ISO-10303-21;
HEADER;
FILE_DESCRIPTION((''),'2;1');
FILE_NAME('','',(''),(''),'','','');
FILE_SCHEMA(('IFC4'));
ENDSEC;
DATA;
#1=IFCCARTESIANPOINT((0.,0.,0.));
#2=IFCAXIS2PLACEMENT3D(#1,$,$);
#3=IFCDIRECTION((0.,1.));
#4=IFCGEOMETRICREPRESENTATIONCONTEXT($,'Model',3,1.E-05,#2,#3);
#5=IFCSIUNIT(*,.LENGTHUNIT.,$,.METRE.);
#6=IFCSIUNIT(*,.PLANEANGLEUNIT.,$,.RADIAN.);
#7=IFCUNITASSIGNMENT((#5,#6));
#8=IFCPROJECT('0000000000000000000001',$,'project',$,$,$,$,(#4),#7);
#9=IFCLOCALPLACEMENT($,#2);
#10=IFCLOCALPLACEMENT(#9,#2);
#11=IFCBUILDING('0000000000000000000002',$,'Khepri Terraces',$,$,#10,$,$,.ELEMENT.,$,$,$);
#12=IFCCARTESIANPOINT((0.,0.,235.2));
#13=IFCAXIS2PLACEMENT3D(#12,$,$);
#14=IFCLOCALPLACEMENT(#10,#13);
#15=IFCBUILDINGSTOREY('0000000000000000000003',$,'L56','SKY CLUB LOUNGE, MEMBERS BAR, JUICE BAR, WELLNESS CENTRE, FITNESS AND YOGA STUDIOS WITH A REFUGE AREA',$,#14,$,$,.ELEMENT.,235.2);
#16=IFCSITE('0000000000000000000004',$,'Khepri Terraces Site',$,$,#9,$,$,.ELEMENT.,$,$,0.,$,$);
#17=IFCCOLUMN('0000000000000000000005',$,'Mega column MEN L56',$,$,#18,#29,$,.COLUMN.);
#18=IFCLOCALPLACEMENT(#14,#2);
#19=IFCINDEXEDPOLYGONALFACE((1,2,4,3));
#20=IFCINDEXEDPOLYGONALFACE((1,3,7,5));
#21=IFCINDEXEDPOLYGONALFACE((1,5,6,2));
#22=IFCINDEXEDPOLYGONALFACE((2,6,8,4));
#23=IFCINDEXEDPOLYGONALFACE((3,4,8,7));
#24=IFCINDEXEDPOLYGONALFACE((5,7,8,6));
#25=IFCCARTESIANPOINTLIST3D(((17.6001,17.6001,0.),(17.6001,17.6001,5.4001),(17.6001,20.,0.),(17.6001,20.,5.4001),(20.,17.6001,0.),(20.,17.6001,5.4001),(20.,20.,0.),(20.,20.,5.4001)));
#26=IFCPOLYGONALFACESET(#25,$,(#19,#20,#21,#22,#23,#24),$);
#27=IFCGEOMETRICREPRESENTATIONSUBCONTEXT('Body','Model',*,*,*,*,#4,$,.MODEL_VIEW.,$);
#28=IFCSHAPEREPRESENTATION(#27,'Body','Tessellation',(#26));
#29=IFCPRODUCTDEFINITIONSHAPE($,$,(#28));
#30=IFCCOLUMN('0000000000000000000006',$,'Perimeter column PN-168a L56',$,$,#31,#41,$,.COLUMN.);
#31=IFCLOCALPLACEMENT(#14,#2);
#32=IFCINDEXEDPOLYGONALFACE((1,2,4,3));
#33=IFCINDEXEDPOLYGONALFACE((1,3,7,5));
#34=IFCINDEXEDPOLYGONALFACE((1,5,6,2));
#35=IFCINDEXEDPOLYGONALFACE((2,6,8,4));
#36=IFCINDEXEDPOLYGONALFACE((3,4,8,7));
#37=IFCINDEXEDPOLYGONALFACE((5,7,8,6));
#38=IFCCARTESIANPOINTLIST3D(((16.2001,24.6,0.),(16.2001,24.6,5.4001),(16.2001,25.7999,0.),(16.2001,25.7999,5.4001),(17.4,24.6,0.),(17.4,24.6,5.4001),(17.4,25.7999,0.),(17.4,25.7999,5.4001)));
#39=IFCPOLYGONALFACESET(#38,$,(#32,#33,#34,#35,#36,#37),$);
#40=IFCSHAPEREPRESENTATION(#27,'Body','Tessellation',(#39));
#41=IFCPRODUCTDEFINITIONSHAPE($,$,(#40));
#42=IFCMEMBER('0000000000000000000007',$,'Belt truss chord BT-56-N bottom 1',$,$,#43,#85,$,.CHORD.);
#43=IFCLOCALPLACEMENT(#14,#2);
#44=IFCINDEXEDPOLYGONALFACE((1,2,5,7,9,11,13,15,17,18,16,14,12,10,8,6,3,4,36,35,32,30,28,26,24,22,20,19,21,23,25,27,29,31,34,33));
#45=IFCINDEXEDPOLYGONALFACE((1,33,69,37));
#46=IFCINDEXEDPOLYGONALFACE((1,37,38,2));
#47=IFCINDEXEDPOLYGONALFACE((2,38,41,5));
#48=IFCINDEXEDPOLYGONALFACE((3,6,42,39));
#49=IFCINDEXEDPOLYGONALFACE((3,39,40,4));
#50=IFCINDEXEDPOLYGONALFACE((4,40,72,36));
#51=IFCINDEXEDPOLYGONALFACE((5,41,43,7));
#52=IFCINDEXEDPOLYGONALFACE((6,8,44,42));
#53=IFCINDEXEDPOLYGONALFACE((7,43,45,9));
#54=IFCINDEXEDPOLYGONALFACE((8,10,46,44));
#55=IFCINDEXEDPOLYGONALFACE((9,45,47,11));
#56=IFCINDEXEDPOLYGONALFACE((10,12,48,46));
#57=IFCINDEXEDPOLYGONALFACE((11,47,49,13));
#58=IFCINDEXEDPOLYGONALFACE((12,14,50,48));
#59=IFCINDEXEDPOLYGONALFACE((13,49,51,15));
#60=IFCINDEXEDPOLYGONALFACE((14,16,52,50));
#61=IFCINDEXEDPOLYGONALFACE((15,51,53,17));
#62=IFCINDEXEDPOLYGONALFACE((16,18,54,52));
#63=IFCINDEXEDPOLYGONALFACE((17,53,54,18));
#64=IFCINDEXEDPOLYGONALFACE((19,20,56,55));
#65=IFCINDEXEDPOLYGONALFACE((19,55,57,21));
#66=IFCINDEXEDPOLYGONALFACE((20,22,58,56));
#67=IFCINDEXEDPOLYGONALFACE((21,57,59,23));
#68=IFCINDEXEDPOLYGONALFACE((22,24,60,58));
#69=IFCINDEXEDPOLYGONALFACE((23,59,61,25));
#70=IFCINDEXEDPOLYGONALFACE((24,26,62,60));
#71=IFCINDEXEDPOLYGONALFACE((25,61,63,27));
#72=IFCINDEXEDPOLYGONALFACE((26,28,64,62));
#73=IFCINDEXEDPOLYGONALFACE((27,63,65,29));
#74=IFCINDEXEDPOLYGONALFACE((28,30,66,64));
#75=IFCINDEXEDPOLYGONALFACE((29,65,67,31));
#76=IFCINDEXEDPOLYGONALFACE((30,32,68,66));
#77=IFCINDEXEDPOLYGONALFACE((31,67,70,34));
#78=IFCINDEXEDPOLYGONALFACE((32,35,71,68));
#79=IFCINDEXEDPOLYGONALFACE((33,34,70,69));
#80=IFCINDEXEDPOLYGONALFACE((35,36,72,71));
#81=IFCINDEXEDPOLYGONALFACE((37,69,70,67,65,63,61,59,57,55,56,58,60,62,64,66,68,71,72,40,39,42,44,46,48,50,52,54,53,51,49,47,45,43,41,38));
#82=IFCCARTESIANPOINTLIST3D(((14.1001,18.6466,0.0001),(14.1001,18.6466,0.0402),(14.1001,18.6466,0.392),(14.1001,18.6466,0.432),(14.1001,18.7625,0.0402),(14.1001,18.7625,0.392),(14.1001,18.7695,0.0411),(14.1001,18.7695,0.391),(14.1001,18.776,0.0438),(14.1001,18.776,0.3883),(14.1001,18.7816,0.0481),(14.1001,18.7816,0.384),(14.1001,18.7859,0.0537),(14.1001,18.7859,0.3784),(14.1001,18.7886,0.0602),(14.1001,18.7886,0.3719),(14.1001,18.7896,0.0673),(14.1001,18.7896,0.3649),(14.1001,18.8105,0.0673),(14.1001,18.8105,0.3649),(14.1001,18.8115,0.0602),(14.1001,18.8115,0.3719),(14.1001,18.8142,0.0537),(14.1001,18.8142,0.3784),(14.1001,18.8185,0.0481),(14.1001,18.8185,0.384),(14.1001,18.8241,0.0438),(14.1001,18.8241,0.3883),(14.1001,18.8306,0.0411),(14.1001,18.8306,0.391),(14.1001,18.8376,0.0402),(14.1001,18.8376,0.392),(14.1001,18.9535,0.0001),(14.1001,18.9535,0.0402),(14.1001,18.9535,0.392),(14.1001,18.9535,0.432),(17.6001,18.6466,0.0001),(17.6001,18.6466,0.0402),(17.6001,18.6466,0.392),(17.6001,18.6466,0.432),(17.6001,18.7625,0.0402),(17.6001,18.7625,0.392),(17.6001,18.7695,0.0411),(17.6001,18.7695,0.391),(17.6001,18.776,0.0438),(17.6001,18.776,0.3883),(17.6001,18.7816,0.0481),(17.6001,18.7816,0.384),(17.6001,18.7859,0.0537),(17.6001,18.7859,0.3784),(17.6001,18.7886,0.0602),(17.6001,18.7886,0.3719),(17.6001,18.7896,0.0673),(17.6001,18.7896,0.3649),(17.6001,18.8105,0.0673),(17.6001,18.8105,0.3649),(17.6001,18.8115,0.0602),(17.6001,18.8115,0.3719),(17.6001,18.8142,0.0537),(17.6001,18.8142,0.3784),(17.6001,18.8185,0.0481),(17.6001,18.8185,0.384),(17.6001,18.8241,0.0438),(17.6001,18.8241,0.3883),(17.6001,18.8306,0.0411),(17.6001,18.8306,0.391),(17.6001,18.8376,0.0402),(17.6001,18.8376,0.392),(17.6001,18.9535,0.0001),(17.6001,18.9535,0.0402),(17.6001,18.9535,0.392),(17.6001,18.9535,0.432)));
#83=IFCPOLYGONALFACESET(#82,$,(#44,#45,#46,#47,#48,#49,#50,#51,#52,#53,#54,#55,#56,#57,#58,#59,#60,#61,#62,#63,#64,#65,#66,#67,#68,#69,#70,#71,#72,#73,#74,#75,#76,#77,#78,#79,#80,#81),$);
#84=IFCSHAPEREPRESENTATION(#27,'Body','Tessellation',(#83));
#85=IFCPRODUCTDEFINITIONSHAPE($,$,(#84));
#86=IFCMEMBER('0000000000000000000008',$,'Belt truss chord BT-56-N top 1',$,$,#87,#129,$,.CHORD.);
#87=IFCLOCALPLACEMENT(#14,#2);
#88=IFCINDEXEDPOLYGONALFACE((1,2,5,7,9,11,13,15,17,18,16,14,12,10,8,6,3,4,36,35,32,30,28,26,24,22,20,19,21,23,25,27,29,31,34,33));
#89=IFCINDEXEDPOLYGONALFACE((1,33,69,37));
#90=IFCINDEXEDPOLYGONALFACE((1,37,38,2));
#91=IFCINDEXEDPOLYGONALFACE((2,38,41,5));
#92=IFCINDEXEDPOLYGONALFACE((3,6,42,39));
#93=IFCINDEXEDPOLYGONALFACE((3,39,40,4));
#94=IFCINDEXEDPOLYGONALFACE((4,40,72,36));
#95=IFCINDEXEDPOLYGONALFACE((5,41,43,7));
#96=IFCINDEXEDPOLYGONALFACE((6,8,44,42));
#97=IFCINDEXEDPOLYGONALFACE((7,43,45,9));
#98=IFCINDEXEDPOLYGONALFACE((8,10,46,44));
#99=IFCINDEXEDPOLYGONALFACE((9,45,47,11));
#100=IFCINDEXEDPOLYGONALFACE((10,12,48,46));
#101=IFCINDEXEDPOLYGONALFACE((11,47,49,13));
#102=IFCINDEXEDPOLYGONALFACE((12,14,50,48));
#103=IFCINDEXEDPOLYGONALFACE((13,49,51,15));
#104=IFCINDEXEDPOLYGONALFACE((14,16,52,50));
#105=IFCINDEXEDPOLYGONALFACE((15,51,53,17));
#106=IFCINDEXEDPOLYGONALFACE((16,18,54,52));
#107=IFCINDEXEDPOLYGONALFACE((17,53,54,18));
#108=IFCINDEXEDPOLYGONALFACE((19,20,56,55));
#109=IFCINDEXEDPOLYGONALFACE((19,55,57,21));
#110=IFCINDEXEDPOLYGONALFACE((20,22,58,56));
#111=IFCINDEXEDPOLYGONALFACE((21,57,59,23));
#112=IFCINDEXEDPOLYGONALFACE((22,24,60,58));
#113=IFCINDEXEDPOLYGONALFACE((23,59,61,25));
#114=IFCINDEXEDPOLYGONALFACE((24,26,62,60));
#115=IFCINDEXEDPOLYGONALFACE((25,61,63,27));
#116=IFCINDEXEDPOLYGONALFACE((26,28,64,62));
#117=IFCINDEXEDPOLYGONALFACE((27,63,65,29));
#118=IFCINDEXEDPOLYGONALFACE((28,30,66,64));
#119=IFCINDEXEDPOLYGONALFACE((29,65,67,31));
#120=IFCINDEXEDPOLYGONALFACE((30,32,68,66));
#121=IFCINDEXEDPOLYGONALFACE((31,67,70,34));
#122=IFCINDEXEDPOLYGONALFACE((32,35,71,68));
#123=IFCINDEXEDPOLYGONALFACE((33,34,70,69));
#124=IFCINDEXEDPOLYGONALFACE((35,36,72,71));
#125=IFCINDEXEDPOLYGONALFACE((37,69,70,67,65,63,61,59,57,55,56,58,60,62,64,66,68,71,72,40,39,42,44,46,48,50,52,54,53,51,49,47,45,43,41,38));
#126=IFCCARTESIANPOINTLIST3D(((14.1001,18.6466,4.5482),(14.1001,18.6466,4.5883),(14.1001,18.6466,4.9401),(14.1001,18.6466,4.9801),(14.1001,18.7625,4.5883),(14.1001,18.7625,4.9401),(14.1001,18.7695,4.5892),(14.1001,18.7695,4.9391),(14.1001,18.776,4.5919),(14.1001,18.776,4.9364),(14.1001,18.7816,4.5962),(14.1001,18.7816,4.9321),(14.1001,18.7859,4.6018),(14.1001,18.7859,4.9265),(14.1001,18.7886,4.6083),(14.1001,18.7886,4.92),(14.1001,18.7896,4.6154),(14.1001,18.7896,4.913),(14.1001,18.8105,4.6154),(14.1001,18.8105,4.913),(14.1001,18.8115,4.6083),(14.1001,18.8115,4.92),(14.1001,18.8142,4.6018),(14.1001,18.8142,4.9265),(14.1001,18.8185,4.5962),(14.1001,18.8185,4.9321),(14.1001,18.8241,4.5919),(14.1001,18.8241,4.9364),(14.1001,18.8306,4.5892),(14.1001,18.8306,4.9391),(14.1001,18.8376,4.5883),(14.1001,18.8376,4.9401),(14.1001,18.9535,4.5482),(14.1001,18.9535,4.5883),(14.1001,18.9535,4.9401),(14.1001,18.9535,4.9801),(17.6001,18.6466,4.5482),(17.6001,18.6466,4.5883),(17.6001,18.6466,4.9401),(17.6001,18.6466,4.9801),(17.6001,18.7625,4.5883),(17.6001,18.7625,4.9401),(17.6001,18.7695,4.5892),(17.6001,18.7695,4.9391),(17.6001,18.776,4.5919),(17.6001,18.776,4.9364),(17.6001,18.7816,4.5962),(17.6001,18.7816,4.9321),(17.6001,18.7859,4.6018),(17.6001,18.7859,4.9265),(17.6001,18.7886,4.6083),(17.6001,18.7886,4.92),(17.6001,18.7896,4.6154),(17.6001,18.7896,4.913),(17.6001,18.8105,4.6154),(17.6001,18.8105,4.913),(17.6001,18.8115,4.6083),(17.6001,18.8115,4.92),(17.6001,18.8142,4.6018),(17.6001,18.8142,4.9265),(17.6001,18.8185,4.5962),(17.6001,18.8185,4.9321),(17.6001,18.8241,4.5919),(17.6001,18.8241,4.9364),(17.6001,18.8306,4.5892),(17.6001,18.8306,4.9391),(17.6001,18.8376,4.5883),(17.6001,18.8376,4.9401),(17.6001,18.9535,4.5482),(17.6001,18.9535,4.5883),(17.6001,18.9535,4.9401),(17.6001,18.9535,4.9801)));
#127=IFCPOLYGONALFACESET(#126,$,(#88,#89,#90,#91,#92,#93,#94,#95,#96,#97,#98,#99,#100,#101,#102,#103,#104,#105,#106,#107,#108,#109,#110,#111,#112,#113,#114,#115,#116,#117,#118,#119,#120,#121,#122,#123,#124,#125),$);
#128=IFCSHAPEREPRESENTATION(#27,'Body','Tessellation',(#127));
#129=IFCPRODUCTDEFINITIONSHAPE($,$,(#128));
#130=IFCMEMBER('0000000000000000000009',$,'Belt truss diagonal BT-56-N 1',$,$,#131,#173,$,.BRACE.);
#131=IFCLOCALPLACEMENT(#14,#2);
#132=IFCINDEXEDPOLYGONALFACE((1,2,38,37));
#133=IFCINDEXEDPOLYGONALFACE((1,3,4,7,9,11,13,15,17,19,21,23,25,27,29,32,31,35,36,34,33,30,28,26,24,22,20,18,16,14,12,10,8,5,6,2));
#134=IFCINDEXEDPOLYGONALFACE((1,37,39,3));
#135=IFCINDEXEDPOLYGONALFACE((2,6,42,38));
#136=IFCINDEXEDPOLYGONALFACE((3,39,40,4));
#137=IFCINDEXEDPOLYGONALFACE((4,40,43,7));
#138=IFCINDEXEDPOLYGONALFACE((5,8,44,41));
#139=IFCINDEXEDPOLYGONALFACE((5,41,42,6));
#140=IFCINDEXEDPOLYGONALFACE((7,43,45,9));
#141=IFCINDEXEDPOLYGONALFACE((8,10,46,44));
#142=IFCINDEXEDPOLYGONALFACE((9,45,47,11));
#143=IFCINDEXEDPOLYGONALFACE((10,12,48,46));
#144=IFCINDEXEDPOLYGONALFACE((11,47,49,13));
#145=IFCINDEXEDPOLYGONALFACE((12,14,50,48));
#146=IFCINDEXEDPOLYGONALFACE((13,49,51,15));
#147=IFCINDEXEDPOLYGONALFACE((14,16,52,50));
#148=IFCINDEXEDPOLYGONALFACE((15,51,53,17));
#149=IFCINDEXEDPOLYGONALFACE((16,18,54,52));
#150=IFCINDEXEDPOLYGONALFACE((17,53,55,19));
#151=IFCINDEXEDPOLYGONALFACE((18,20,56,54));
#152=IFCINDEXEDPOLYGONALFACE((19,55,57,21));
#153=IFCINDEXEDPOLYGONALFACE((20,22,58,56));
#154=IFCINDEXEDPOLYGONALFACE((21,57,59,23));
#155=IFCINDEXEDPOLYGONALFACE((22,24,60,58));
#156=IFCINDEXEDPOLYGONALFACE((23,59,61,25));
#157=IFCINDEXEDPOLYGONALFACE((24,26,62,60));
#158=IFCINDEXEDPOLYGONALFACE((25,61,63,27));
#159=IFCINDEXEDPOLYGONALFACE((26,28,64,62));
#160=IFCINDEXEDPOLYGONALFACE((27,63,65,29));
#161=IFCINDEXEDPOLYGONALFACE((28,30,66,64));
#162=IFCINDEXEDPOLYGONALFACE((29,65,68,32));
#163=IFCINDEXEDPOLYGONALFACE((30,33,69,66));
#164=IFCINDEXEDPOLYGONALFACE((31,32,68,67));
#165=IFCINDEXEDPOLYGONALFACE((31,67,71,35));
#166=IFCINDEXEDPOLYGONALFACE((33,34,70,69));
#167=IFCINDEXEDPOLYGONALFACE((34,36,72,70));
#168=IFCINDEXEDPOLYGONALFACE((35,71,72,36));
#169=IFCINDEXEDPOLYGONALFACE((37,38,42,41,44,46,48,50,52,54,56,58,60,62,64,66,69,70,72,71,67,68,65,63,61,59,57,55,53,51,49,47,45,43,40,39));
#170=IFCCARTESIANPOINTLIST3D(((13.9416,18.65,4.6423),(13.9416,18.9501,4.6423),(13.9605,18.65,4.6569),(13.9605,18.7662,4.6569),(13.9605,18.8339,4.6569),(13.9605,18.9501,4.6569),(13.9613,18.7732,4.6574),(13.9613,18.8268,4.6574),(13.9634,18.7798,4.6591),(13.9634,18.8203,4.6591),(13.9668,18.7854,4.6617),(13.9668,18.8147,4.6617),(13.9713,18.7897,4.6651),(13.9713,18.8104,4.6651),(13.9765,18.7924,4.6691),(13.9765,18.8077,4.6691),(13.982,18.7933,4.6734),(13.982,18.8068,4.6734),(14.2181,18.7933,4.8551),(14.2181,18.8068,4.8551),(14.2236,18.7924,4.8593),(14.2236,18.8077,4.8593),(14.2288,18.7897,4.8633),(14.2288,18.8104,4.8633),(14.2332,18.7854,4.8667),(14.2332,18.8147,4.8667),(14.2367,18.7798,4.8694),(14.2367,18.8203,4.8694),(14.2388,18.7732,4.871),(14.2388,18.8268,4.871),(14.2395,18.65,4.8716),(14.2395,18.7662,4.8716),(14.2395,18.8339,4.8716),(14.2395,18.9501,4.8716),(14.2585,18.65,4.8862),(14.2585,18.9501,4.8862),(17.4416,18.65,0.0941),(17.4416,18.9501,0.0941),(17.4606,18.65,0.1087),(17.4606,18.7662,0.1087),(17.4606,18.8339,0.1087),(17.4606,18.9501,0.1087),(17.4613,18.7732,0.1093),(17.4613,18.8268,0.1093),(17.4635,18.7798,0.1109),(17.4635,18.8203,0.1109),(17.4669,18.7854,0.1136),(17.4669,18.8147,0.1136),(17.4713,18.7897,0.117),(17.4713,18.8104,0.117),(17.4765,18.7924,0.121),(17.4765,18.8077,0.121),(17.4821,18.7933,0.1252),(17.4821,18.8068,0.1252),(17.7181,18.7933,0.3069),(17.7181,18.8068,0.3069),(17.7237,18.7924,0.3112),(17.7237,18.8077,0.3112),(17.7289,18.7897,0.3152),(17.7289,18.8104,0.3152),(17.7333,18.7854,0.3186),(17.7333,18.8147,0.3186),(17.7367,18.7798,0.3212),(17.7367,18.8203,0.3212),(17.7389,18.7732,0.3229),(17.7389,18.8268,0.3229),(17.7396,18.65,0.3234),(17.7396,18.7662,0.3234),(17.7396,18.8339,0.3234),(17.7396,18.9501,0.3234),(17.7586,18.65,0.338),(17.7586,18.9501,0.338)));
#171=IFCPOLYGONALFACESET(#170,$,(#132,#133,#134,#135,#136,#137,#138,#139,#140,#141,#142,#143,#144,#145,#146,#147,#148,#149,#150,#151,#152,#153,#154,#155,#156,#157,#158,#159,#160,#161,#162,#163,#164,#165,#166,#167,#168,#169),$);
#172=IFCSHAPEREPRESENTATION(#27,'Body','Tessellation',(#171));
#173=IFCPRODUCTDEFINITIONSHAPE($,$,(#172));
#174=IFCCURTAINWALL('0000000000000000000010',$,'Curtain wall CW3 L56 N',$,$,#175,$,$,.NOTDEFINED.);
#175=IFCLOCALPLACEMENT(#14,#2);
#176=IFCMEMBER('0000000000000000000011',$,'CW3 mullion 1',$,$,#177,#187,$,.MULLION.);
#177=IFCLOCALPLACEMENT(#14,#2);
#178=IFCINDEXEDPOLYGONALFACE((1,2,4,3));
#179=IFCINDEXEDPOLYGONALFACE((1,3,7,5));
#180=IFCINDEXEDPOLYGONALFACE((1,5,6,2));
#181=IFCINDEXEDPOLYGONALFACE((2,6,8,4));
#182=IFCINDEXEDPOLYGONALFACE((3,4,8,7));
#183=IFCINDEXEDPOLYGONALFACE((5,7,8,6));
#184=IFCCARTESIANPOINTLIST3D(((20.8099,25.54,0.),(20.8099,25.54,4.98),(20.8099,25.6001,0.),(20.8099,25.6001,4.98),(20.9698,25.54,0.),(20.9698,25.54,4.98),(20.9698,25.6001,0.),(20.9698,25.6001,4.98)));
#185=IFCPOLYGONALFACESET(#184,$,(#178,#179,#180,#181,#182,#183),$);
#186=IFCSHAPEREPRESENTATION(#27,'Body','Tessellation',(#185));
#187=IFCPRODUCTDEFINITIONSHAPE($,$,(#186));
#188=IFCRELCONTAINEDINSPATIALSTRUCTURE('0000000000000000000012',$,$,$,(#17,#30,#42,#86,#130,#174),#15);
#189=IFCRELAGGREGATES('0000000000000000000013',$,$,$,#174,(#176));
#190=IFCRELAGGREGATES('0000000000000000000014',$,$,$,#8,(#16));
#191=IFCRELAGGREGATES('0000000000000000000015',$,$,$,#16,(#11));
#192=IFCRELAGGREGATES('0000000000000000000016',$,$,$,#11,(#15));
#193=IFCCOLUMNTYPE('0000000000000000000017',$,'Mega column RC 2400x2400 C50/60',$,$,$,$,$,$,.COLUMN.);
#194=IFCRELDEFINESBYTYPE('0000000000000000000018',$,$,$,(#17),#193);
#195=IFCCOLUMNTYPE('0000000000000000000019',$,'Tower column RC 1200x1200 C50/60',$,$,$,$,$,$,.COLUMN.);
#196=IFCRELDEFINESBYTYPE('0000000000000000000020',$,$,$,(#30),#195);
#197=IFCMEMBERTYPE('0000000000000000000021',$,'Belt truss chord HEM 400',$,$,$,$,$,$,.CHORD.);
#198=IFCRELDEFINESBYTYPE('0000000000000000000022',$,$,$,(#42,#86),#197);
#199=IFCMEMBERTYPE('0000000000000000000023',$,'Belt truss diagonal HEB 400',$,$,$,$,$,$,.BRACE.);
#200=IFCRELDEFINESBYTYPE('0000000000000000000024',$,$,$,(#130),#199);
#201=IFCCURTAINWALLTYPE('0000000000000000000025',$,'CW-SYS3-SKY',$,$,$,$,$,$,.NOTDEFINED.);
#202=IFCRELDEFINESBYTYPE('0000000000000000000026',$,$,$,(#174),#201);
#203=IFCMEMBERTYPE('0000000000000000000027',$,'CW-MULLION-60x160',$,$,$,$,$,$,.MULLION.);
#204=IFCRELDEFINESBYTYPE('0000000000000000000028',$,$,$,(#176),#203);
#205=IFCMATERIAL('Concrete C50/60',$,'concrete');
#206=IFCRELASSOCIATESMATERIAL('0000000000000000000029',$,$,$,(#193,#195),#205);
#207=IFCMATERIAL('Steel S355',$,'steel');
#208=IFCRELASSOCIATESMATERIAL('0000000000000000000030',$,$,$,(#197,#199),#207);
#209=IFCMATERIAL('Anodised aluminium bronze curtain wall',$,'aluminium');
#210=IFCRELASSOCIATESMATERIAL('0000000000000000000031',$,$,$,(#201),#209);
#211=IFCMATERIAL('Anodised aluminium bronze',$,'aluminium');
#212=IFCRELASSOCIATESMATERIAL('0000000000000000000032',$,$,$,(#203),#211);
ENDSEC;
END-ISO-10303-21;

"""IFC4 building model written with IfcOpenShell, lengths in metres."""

from ifc_helpers import new_model, si_unit, direction, frame, origin, origin_2d, place, context, subcontext, project, spatial, rectangle, i_section, extrude, material, material_profile, profile_set, type_object, element, aggregate, save


model = new_model("IFC4")

# Units and contexts
model_context = context("Model", 3, precision=1e-05, world=origin(), true_north=direction((0.0, 1.0)))
body_context = subcontext(model_context, "Body", "Model", "MODEL_VIEW")
ifc_project = project(units=[si_unit("LENGTHUNIT", "METRE"), si_unit("PLANEANGLEUNIT", "RADIAN")], contexts=[model_context])

# Site, building, storey
site_placement = place(None, origin())
site = spatial("IfcSite", under=ifc_project, at=site_placement, Name="Khepri Terraces Site", CompositionType="ELEMENT", RefElevation=0.0)
building_placement = place(site_placement, origin())
building = spatial("IfcBuilding", under=site, at=building_placement, Name="Khepri Terraces", CompositionType="ELEMENT")
storey_placement = place(building_placement, frame((0.0, 0.0, 235.2)))
storey = spatial("IfcBuildingStorey", under=building, at=storey_placement, Name="L56", Description="SKY CLUB LOUNGE, MEMBERS BAR, JUICE BAR, WELLNESS CENTRE, FITNESS AND YOGA STUDIOS WITH A REFUGE AREA", CompositionType="ELEMENT", Elevation=235.2)

# Columns
ifc_material_1 = material(Name="Concrete C50/60", Category="concrete")
ifc_material_profile_1 = material_profile(ifc_material_1, rectangle(XDim=2.3999, YDim=2.3999, at=origin_2d()), Name="Concrete C50/60", Category="concrete")
ifc_profile_set_1 = profile_set([ifc_material_profile_1], Name="Concrete C50/60")
column_type_1 = type_object("IfcColumnType", Name="Mega column RC 2400x2400 C50/60", PredefinedType="COLUMN", material=ifc_profile_set_1)
column_1_placement = place(storey_placement, frame((18.8, 18.8, 0.0), z_axis=(0.0, 0.0, 1.0), x_axis=(1.0, 0.0, 0.0)))
element("IfcColumn", 1, at=column_1_placement, inside=storey, type_object=column_type_1, Name="Mega column MEN L56", PredefinedType="COLUMN", context=body_context, shape_type="SweptSolid", body=[
    extrude(rectangle(XDim=2.3999, YDim=2.3999, at=origin_2d()), origin(), (0.0, 0.0, 1.0), 5.4001),
])
ifc_material_profile_2 = material_profile(ifc_material_1, rectangle(XDim=1.2, YDim=1.2, at=origin_2d()), Name="Concrete C50/60", Category="concrete")
ifc_profile_set_2 = profile_set([ifc_material_profile_2], Name="Concrete C50/60")
column_type_2 = type_object("IfcColumnType", Name="Tower column RC 1200x1200 C50/60", PredefinedType="COLUMN", material=ifc_profile_set_2)
column_2_placement = place(storey_placement, frame((16.8, 25.2, 0.0), z_axis=(0.0, 0.0, 1.0), x_axis=(1.0, 0.0, 0.0)))
element("IfcColumn", 2, at=column_2_placement, inside=storey, type_object=column_type_2, Name="Perimeter column PN-168a L56", PredefinedType="COLUMN", context=body_context, shape_type="SweptSolid", body=[
    extrude(rectangle(XDim=1.2, YDim=1.2, at=origin_2d()), origin(), (0.0, 0.0, 1.0), 5.4001),
])

# Members
ifc_material_2 = material(Name="Steel S355", Category="steel")
ifc_material_profile_3 = material_profile(ifc_material_2, i_section(OverallWidth=0.3069, OverallDepth=0.4319, WebThickness=0.021, FlangeThickness=0.04, FilletRadius=0.0271, at=origin_2d()), Name="Steel S355", Category="steel")
ifc_profile_set_3 = profile_set([ifc_material_profile_3], Name="Steel S355")
member_type_1 = type_object("IfcMemberType", Name="Belt truss chord HEM 400", PredefinedType="CHORD", material=ifc_profile_set_3)
for number, where, z_axis, x_axis, name in (
    (3, (17.6001, 18.8, 0.2161), (-1.0, 0.0, 0.0), (0.0, -1.0, 0.0), "Belt truss chord BT-56-N bottom 1"),
    (4, (17.6001, 18.8, 4.7642), (-1.0, 0.0, 0.0), (0.0, -1.0, 0.0), "Belt truss chord BT-56-N top 1"),
):
    element("IfcMember", number, at=place(storey_placement, frame(where, z_axis=z_axis, x_axis=x_axis)), inside=storey, type_object=member_type_1, Name=name, PredefinedType="CHORD", context=body_context, shape_type="SweptSolid", body=[
        extrude(i_section(OverallWidth=0.3069, OverallDepth=0.4319, WebThickness=0.021, FlangeThickness=0.04, FilletRadius=0.0271, at=origin_2d()), origin(), (0.0, 0.0, 1.0), 3.5),
    ])
ifc_material_profile_4 = material_profile(ifc_material_2, i_section(OverallWidth=0.3, OverallDepth=0.3999, WebThickness=0.0134, FlangeThickness=0.0239, FilletRadius=0.0271, at=origin_2d()), Name="Steel S355", Category="steel")
ifc_profile_set_4 = profile_set([ifc_material_profile_4], Name="Steel S355")
member_type_2 = type_object("IfcMemberType", Name="Belt truss diagonal HEB 400", PredefinedType="BRACE", material=ifc_profile_set_4)
member_1_placement = place(storey_placement, frame((17.6001, 18.8, 0.2161), z_axis=(-0.609871, 0.0, 0.792501), x_axis=(0.0, -1.0, 0.0)))
element("IfcMember", 5, at=member_1_placement, inside=storey, type_object=member_type_2, Name="Belt truss diagonal BT-56-N 1", PredefinedType="BRACE", context=body_context, shape_type="SweptSolid", body=[
    extrude(i_section(OverallWidth=0.3, OverallDepth=0.3999, WebThickness=0.0134, FlangeThickness=0.0239, FilletRadius=0.0271, at=origin_2d()), origin(), (0.0, 0.0, 1.0), 5.739),
])

# Curtain wall, member
ifc_material_3 = material(Name="Anodised aluminium bronze curtain wall", Category="aluminium")
curtain_wall_type = type_object("IfcCurtainWallType", Name="CW-SYS3-SKY", PredefinedType="NOTDEFINED", material=ifc_material_3)
curtain_wall_1_placement = place(storey_placement, origin())
curtain_wall_1 = element("IfcCurtainWall", 6, at=curtain_wall_1_placement, inside=storey, type_object=curtain_wall_type, Name="Curtain wall CW3 L56 N", PredefinedType="NOTDEFINED")
ifc_material_4 = material(Name="Anodised aluminium bronze", Category="aluminium")
ifc_material_profile_5 = material_profile(ifc_material_4, rectangle(XDim=0.0601, YDim=0.1599, at=origin_2d()), Name="Anodised aluminium bronze", Category="aluminium")
ifc_profile_set_5 = profile_set([ifc_material_profile_5], Name="Anodised aluminium bronze")
member_type_3 = type_object("IfcMemberType", Name="CW-MULLION-60x160", PredefinedType="MULLION", material=ifc_profile_set_5)
member_2_placement = place(storey_placement, frame((20.8899, 25.5701, 0.0), z_axis=(0.0, 0.0, 1.0), x_axis=(0.0, -1.0, 0.0)))
member_2 = element("IfcMember", 7, at=member_2_placement, type_object=member_type_3, Name="CW3 mullion 1", PredefinedType="MULLION", context=body_context, shape_type="SweptSolid", body=[
    extrude(rectangle(XDim=0.0601, YDim=0.1599, at=origin_2d()), origin(), (0.0, 0.0, 1.0), 4.98),
])

aggregate(curtain_wall_1, [member_2])

save(model, "model.ifc")
